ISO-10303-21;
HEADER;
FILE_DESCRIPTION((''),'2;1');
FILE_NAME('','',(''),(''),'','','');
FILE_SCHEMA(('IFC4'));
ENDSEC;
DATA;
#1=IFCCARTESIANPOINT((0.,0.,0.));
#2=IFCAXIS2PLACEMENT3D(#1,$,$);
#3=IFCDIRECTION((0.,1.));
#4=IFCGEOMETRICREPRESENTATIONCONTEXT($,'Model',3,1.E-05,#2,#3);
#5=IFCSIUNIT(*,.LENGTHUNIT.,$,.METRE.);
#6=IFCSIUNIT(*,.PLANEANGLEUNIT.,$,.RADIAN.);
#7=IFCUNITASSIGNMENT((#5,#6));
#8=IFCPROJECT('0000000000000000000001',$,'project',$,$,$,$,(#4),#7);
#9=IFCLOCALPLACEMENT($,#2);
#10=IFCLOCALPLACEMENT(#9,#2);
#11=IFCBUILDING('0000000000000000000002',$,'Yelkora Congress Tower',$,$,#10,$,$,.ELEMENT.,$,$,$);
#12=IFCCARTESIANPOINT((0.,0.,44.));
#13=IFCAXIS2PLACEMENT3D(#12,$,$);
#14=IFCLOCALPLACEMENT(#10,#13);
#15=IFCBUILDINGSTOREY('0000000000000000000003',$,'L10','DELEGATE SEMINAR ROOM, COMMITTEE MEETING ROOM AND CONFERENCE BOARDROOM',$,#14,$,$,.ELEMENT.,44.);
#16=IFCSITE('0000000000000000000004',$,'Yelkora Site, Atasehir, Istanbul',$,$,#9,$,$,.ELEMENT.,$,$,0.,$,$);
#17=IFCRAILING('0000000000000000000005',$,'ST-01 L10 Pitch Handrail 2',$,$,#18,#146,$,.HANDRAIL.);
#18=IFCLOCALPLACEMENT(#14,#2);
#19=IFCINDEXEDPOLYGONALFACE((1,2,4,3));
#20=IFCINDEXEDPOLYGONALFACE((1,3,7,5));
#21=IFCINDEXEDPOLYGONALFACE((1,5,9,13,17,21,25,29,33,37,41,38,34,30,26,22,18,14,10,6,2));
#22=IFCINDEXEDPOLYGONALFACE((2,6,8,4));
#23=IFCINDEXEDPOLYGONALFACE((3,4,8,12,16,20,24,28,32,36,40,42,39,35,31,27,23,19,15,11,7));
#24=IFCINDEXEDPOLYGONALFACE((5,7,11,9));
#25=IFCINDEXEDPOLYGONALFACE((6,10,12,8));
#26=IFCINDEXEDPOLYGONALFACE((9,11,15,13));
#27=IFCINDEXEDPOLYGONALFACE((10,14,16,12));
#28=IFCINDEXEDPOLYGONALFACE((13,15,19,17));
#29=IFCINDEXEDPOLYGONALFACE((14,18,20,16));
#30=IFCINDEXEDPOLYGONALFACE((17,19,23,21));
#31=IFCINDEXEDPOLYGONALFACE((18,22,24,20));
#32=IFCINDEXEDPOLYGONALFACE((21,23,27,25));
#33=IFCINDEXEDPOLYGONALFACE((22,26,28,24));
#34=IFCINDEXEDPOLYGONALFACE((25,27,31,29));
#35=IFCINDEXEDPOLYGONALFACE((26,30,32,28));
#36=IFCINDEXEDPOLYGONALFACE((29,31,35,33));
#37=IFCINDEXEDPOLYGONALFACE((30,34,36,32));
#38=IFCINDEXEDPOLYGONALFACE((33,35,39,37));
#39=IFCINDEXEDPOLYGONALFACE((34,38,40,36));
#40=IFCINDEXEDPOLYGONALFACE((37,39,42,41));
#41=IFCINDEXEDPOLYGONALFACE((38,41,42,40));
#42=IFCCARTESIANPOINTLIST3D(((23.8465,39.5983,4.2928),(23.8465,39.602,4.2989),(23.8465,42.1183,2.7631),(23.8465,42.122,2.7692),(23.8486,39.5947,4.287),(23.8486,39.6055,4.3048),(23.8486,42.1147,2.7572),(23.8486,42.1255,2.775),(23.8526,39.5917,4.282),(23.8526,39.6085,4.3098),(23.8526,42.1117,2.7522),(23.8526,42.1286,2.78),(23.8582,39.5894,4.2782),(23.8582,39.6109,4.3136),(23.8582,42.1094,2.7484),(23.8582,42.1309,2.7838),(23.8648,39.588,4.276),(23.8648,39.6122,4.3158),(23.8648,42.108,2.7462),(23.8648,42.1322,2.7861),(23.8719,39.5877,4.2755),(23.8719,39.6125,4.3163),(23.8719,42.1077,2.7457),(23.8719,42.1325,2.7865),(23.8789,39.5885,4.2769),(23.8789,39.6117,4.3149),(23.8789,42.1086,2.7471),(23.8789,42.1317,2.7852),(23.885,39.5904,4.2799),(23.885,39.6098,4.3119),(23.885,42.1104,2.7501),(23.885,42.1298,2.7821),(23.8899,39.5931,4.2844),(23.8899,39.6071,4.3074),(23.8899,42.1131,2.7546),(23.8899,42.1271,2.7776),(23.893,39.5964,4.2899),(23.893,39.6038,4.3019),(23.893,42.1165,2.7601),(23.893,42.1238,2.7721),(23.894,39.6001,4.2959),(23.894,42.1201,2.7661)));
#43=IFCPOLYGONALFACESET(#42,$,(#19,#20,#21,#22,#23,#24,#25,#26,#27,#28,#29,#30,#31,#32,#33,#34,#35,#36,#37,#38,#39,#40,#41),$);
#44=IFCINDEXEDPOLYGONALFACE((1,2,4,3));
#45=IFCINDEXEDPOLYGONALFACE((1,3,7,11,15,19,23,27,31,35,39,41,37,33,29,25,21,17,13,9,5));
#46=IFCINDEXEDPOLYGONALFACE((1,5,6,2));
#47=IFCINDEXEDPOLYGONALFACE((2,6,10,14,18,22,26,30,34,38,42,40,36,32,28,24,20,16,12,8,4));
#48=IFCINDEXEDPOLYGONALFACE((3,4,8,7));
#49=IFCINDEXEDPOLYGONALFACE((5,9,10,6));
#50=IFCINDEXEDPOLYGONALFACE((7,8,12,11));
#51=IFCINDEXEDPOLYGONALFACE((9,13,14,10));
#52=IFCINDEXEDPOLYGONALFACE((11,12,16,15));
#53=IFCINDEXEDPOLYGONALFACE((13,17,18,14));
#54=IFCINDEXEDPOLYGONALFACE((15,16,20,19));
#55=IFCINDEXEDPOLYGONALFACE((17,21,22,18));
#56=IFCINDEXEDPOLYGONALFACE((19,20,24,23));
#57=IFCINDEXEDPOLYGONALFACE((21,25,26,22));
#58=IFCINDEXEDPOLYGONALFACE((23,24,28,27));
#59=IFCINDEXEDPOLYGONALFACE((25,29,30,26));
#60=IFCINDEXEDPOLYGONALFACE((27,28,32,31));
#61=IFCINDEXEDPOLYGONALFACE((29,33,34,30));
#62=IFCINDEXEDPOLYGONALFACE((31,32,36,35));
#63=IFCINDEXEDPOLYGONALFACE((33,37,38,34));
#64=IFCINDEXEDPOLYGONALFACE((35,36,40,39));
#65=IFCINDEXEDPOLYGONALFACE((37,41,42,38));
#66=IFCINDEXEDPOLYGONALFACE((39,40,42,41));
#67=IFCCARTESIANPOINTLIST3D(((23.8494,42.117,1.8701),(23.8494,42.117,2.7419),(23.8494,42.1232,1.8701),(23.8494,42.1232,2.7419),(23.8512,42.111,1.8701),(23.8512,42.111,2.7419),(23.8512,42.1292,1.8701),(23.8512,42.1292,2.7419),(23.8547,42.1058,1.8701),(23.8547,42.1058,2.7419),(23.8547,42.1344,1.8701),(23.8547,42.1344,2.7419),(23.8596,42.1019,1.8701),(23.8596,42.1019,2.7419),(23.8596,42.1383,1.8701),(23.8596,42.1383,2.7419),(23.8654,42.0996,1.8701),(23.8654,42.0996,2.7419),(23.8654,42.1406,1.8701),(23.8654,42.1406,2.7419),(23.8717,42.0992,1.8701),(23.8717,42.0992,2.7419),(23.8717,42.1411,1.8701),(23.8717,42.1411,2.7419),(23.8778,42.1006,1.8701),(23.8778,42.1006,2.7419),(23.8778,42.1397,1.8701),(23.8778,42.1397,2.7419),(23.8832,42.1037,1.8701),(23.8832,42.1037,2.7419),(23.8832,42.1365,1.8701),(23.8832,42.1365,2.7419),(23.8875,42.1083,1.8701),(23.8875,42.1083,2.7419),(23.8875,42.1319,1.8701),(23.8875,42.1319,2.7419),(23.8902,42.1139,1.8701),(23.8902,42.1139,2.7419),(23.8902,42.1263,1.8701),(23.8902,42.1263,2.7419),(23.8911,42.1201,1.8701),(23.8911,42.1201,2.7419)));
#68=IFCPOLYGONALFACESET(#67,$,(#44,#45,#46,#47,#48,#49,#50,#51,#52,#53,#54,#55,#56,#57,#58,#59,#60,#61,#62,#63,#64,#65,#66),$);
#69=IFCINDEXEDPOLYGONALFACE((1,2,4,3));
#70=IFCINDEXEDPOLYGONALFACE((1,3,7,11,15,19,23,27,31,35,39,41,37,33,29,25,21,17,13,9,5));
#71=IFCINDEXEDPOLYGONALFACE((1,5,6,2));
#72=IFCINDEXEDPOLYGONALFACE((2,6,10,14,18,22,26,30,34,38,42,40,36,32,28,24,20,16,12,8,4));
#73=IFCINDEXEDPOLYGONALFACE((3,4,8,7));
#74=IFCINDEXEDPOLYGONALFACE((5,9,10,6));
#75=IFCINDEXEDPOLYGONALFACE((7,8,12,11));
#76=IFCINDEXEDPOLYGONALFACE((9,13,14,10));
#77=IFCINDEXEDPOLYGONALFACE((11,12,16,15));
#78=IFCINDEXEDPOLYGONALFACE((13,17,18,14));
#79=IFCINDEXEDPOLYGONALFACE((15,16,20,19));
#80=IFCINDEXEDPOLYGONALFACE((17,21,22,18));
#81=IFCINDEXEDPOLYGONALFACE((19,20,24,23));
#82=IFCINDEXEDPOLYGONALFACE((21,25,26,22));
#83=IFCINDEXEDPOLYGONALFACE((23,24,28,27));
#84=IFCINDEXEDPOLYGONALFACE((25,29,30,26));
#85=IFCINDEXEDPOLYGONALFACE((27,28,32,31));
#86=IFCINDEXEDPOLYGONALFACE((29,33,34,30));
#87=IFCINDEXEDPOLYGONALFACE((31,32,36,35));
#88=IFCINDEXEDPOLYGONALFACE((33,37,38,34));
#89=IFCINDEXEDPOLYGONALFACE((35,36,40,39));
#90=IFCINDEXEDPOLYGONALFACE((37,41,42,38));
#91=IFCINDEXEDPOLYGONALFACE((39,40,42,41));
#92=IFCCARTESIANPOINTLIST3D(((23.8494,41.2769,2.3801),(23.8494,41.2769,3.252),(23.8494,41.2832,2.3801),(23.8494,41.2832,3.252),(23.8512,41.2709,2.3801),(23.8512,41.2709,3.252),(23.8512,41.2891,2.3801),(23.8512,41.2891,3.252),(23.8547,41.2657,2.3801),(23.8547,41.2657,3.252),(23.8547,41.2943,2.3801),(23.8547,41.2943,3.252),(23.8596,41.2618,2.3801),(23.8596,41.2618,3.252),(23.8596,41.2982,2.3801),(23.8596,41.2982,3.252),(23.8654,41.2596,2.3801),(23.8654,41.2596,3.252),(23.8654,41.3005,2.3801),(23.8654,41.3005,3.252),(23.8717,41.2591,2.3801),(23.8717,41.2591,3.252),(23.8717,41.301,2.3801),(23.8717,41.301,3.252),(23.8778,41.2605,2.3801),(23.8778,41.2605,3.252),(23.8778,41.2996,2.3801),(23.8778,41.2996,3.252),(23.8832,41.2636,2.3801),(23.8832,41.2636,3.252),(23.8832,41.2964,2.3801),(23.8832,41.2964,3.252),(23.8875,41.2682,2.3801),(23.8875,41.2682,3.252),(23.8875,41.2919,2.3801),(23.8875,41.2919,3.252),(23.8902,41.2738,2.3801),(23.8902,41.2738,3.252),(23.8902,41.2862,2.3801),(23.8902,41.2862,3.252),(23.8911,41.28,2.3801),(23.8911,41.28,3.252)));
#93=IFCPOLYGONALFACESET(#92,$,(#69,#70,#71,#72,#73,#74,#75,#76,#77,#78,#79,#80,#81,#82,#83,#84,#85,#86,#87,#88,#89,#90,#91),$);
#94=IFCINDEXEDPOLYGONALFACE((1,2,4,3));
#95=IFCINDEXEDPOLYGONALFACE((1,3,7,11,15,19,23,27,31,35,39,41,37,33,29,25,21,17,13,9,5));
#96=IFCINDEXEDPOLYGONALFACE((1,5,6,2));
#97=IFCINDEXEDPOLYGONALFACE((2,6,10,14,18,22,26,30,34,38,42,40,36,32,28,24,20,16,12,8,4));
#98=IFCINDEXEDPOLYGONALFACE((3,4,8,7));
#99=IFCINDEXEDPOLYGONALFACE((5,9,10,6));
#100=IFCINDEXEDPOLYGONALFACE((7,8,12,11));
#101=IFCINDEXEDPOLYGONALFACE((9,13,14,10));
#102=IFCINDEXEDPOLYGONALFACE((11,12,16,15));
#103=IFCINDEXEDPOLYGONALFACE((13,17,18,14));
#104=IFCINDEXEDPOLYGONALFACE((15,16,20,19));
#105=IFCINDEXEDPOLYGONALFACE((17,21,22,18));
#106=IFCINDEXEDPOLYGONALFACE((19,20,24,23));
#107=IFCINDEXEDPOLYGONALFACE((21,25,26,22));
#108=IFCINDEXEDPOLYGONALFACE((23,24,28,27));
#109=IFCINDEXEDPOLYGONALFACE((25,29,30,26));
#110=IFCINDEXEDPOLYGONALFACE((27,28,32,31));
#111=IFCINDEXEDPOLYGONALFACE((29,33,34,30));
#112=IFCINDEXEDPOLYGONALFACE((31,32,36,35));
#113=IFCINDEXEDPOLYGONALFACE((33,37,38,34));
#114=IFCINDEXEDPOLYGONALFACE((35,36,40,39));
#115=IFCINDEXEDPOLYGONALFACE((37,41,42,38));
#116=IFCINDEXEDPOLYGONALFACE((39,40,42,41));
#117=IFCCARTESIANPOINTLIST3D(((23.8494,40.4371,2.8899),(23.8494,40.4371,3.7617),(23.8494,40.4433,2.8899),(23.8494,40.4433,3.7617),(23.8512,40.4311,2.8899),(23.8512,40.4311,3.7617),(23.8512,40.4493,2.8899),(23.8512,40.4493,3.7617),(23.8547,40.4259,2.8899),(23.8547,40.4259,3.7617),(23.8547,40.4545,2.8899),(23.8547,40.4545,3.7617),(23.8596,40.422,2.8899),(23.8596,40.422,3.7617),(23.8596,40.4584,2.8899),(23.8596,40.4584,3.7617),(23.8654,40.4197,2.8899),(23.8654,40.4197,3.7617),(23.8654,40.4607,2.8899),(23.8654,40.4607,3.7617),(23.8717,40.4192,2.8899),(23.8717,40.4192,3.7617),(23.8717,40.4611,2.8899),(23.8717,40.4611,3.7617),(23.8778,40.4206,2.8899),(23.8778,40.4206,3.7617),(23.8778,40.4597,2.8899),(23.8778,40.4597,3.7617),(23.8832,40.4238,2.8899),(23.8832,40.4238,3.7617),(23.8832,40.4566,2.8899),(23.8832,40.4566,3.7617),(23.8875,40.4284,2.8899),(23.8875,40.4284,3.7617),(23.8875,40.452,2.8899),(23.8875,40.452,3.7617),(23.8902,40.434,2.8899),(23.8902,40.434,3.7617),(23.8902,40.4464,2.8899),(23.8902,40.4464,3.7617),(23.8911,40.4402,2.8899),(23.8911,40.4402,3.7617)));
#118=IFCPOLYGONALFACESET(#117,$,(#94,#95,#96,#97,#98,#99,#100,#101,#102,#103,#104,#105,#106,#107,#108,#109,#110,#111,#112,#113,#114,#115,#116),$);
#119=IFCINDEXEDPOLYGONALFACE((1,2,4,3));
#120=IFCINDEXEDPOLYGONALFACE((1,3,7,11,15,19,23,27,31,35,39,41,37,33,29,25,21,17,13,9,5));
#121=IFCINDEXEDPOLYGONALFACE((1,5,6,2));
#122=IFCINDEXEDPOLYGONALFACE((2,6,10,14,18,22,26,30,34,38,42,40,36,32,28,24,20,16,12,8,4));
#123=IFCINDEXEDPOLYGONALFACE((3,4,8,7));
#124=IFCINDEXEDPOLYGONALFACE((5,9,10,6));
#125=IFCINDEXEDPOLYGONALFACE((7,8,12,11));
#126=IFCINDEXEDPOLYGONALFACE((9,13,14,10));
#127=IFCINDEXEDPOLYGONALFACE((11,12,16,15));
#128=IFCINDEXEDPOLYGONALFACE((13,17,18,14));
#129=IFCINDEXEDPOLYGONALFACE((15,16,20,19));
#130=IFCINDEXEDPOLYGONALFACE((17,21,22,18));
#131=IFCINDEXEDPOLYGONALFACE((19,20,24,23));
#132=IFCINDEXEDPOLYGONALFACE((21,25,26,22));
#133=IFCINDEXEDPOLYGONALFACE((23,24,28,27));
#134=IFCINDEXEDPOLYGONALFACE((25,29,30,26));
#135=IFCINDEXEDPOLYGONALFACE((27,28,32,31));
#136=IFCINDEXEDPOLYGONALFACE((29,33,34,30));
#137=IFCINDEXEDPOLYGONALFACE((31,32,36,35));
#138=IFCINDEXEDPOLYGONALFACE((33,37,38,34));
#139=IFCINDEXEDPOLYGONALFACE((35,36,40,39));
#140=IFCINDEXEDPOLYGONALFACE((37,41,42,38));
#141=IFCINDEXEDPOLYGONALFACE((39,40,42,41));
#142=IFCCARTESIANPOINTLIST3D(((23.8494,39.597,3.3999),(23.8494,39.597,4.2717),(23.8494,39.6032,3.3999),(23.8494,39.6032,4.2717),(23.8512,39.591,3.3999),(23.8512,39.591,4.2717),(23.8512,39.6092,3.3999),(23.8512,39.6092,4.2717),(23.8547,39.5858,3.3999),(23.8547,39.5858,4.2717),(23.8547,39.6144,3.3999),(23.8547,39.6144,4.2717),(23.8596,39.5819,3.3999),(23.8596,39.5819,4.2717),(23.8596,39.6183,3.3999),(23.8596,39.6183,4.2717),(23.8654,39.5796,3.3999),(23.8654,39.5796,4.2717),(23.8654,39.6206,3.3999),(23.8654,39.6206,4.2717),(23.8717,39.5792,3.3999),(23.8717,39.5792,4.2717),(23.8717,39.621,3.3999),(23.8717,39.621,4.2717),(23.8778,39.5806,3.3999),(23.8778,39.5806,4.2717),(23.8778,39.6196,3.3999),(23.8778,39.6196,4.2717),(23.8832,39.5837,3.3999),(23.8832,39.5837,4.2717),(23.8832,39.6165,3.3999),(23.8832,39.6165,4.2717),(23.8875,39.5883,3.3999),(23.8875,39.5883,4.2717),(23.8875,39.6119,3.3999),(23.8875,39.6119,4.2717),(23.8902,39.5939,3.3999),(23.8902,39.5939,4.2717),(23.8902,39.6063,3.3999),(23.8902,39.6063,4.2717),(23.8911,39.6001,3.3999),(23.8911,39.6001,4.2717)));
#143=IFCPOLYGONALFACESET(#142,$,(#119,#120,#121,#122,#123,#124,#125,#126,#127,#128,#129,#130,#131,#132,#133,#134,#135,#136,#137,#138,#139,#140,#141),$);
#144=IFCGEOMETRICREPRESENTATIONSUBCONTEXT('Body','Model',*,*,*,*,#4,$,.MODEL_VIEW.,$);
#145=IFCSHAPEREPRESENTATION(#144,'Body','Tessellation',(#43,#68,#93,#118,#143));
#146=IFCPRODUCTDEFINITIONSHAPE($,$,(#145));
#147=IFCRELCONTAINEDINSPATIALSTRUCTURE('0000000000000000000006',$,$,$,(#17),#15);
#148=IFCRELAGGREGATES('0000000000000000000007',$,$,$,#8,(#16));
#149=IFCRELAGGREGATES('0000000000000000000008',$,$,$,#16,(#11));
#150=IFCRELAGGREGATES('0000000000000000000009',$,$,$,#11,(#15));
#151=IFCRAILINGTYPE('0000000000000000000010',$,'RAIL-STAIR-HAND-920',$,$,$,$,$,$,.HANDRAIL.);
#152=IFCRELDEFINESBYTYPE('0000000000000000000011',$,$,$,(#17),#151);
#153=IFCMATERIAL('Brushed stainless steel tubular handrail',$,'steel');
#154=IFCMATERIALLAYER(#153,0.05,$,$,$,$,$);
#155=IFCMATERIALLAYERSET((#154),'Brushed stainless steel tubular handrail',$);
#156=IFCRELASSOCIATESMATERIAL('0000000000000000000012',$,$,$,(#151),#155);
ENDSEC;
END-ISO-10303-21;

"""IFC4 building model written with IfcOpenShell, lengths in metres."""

from ifc_helpers import new_model, si_unit, direction, frame, origin, origin_2d, place, context, subcontext, project, spatial, circle, extrude, material, layer, layer_set, type_object, element, save


model = new_model("IFC4")

# Units and contexts
model_context = context("Model", 3, precision=1e-05, world=origin(), true_north=direction((0.0, 1.0)))
body_context = subcontext(model_context, "Body", "Model", "MODEL_VIEW")
ifc_project = project(units=[si_unit("LENGTHUNIT", "METRE"), si_unit("PLANEANGLEUNIT", "RADIAN")], contexts=[model_context])

# Site, building, storey
site_placement = place(None, origin())
site = spatial("IfcSite", under=ifc_project, at=site_placement, Name="Yelkora Site, Atasehir, Istanbul", CompositionType="ELEMENT", RefElevation=0.0)
building_placement = place(site_placement, origin())
building = spatial("IfcBuilding", under=site, at=building_placement, Name="Yelkora Congress Tower", CompositionType="ELEMENT")
storey_placement = place(building_placement, frame((0.0, 0.0, 44.0)))
storey = spatial("IfcBuildingStorey", under=building, at=storey_placement, Name="L10", Description="DELEGATE SEMINAR ROOM, COMMITTEE MEETING ROOM AND CONFERENCE BOARDROOM", CompositionType="ELEMENT", Elevation=44.0)

# Railing
ifc_material_1 = material(Name="Brushed stainless steel tubular handrail", Category="steel")
ifc_layer_1 = layer(ifc_material_1, 0.05)
ifc_layer_set_1 = layer_set([ifc_layer_1], Name="Brushed stainless steel tubular handrail")
railing_type_1 = type_object("IfcRailingType", Name="RAIL-STAIR-HAND-920", PredefinedType="HANDRAIL", material=ifc_layer_set_1)
railing_1_placement = place(storey_placement, frame((23.8701, 42.1201, 1.8701)))
element("IfcRailing", 1, at=railing_1_placement, inside=storey, type_object=railing_type_1, Name="ST-01 L10 Pitch Handrail 2", PredefinedType="HANDRAIL", context=body_context, shape_type="SweptSolid", body=[
    extrude(circle(Radius=0.0239, at=origin_2d()), frame((0.0, 0.0, 0.896), z_axis=(0.0, -0.854822, 0.518922), x_axis=(1.0, 0.0, 0.0)), (0.0, 0.0, 1.0), 2.948),
    extrude(circle(Radius=0.021, at=origin_2d()), origin(), (0.0, 0.0, 1.0), 0.8718),
    extrude(circle(Radius=0.021, at=origin_2d()), frame((0.0, -0.8401, 0.51)), (0.0, 0.0, 1.0), 0.8718),
    extrude(circle(Radius=0.021, at=origin_2d()), frame((0.0, -1.6799, 1.0198)), (0.0, 0.0, 1.0), 0.8718),
    extrude(circle(Radius=0.021, at=origin_2d()), frame((0.0, -2.52, 1.5298)), (0.0, 0.0, 1.0), 0.8718),
])

save(model, "model.ifc")
